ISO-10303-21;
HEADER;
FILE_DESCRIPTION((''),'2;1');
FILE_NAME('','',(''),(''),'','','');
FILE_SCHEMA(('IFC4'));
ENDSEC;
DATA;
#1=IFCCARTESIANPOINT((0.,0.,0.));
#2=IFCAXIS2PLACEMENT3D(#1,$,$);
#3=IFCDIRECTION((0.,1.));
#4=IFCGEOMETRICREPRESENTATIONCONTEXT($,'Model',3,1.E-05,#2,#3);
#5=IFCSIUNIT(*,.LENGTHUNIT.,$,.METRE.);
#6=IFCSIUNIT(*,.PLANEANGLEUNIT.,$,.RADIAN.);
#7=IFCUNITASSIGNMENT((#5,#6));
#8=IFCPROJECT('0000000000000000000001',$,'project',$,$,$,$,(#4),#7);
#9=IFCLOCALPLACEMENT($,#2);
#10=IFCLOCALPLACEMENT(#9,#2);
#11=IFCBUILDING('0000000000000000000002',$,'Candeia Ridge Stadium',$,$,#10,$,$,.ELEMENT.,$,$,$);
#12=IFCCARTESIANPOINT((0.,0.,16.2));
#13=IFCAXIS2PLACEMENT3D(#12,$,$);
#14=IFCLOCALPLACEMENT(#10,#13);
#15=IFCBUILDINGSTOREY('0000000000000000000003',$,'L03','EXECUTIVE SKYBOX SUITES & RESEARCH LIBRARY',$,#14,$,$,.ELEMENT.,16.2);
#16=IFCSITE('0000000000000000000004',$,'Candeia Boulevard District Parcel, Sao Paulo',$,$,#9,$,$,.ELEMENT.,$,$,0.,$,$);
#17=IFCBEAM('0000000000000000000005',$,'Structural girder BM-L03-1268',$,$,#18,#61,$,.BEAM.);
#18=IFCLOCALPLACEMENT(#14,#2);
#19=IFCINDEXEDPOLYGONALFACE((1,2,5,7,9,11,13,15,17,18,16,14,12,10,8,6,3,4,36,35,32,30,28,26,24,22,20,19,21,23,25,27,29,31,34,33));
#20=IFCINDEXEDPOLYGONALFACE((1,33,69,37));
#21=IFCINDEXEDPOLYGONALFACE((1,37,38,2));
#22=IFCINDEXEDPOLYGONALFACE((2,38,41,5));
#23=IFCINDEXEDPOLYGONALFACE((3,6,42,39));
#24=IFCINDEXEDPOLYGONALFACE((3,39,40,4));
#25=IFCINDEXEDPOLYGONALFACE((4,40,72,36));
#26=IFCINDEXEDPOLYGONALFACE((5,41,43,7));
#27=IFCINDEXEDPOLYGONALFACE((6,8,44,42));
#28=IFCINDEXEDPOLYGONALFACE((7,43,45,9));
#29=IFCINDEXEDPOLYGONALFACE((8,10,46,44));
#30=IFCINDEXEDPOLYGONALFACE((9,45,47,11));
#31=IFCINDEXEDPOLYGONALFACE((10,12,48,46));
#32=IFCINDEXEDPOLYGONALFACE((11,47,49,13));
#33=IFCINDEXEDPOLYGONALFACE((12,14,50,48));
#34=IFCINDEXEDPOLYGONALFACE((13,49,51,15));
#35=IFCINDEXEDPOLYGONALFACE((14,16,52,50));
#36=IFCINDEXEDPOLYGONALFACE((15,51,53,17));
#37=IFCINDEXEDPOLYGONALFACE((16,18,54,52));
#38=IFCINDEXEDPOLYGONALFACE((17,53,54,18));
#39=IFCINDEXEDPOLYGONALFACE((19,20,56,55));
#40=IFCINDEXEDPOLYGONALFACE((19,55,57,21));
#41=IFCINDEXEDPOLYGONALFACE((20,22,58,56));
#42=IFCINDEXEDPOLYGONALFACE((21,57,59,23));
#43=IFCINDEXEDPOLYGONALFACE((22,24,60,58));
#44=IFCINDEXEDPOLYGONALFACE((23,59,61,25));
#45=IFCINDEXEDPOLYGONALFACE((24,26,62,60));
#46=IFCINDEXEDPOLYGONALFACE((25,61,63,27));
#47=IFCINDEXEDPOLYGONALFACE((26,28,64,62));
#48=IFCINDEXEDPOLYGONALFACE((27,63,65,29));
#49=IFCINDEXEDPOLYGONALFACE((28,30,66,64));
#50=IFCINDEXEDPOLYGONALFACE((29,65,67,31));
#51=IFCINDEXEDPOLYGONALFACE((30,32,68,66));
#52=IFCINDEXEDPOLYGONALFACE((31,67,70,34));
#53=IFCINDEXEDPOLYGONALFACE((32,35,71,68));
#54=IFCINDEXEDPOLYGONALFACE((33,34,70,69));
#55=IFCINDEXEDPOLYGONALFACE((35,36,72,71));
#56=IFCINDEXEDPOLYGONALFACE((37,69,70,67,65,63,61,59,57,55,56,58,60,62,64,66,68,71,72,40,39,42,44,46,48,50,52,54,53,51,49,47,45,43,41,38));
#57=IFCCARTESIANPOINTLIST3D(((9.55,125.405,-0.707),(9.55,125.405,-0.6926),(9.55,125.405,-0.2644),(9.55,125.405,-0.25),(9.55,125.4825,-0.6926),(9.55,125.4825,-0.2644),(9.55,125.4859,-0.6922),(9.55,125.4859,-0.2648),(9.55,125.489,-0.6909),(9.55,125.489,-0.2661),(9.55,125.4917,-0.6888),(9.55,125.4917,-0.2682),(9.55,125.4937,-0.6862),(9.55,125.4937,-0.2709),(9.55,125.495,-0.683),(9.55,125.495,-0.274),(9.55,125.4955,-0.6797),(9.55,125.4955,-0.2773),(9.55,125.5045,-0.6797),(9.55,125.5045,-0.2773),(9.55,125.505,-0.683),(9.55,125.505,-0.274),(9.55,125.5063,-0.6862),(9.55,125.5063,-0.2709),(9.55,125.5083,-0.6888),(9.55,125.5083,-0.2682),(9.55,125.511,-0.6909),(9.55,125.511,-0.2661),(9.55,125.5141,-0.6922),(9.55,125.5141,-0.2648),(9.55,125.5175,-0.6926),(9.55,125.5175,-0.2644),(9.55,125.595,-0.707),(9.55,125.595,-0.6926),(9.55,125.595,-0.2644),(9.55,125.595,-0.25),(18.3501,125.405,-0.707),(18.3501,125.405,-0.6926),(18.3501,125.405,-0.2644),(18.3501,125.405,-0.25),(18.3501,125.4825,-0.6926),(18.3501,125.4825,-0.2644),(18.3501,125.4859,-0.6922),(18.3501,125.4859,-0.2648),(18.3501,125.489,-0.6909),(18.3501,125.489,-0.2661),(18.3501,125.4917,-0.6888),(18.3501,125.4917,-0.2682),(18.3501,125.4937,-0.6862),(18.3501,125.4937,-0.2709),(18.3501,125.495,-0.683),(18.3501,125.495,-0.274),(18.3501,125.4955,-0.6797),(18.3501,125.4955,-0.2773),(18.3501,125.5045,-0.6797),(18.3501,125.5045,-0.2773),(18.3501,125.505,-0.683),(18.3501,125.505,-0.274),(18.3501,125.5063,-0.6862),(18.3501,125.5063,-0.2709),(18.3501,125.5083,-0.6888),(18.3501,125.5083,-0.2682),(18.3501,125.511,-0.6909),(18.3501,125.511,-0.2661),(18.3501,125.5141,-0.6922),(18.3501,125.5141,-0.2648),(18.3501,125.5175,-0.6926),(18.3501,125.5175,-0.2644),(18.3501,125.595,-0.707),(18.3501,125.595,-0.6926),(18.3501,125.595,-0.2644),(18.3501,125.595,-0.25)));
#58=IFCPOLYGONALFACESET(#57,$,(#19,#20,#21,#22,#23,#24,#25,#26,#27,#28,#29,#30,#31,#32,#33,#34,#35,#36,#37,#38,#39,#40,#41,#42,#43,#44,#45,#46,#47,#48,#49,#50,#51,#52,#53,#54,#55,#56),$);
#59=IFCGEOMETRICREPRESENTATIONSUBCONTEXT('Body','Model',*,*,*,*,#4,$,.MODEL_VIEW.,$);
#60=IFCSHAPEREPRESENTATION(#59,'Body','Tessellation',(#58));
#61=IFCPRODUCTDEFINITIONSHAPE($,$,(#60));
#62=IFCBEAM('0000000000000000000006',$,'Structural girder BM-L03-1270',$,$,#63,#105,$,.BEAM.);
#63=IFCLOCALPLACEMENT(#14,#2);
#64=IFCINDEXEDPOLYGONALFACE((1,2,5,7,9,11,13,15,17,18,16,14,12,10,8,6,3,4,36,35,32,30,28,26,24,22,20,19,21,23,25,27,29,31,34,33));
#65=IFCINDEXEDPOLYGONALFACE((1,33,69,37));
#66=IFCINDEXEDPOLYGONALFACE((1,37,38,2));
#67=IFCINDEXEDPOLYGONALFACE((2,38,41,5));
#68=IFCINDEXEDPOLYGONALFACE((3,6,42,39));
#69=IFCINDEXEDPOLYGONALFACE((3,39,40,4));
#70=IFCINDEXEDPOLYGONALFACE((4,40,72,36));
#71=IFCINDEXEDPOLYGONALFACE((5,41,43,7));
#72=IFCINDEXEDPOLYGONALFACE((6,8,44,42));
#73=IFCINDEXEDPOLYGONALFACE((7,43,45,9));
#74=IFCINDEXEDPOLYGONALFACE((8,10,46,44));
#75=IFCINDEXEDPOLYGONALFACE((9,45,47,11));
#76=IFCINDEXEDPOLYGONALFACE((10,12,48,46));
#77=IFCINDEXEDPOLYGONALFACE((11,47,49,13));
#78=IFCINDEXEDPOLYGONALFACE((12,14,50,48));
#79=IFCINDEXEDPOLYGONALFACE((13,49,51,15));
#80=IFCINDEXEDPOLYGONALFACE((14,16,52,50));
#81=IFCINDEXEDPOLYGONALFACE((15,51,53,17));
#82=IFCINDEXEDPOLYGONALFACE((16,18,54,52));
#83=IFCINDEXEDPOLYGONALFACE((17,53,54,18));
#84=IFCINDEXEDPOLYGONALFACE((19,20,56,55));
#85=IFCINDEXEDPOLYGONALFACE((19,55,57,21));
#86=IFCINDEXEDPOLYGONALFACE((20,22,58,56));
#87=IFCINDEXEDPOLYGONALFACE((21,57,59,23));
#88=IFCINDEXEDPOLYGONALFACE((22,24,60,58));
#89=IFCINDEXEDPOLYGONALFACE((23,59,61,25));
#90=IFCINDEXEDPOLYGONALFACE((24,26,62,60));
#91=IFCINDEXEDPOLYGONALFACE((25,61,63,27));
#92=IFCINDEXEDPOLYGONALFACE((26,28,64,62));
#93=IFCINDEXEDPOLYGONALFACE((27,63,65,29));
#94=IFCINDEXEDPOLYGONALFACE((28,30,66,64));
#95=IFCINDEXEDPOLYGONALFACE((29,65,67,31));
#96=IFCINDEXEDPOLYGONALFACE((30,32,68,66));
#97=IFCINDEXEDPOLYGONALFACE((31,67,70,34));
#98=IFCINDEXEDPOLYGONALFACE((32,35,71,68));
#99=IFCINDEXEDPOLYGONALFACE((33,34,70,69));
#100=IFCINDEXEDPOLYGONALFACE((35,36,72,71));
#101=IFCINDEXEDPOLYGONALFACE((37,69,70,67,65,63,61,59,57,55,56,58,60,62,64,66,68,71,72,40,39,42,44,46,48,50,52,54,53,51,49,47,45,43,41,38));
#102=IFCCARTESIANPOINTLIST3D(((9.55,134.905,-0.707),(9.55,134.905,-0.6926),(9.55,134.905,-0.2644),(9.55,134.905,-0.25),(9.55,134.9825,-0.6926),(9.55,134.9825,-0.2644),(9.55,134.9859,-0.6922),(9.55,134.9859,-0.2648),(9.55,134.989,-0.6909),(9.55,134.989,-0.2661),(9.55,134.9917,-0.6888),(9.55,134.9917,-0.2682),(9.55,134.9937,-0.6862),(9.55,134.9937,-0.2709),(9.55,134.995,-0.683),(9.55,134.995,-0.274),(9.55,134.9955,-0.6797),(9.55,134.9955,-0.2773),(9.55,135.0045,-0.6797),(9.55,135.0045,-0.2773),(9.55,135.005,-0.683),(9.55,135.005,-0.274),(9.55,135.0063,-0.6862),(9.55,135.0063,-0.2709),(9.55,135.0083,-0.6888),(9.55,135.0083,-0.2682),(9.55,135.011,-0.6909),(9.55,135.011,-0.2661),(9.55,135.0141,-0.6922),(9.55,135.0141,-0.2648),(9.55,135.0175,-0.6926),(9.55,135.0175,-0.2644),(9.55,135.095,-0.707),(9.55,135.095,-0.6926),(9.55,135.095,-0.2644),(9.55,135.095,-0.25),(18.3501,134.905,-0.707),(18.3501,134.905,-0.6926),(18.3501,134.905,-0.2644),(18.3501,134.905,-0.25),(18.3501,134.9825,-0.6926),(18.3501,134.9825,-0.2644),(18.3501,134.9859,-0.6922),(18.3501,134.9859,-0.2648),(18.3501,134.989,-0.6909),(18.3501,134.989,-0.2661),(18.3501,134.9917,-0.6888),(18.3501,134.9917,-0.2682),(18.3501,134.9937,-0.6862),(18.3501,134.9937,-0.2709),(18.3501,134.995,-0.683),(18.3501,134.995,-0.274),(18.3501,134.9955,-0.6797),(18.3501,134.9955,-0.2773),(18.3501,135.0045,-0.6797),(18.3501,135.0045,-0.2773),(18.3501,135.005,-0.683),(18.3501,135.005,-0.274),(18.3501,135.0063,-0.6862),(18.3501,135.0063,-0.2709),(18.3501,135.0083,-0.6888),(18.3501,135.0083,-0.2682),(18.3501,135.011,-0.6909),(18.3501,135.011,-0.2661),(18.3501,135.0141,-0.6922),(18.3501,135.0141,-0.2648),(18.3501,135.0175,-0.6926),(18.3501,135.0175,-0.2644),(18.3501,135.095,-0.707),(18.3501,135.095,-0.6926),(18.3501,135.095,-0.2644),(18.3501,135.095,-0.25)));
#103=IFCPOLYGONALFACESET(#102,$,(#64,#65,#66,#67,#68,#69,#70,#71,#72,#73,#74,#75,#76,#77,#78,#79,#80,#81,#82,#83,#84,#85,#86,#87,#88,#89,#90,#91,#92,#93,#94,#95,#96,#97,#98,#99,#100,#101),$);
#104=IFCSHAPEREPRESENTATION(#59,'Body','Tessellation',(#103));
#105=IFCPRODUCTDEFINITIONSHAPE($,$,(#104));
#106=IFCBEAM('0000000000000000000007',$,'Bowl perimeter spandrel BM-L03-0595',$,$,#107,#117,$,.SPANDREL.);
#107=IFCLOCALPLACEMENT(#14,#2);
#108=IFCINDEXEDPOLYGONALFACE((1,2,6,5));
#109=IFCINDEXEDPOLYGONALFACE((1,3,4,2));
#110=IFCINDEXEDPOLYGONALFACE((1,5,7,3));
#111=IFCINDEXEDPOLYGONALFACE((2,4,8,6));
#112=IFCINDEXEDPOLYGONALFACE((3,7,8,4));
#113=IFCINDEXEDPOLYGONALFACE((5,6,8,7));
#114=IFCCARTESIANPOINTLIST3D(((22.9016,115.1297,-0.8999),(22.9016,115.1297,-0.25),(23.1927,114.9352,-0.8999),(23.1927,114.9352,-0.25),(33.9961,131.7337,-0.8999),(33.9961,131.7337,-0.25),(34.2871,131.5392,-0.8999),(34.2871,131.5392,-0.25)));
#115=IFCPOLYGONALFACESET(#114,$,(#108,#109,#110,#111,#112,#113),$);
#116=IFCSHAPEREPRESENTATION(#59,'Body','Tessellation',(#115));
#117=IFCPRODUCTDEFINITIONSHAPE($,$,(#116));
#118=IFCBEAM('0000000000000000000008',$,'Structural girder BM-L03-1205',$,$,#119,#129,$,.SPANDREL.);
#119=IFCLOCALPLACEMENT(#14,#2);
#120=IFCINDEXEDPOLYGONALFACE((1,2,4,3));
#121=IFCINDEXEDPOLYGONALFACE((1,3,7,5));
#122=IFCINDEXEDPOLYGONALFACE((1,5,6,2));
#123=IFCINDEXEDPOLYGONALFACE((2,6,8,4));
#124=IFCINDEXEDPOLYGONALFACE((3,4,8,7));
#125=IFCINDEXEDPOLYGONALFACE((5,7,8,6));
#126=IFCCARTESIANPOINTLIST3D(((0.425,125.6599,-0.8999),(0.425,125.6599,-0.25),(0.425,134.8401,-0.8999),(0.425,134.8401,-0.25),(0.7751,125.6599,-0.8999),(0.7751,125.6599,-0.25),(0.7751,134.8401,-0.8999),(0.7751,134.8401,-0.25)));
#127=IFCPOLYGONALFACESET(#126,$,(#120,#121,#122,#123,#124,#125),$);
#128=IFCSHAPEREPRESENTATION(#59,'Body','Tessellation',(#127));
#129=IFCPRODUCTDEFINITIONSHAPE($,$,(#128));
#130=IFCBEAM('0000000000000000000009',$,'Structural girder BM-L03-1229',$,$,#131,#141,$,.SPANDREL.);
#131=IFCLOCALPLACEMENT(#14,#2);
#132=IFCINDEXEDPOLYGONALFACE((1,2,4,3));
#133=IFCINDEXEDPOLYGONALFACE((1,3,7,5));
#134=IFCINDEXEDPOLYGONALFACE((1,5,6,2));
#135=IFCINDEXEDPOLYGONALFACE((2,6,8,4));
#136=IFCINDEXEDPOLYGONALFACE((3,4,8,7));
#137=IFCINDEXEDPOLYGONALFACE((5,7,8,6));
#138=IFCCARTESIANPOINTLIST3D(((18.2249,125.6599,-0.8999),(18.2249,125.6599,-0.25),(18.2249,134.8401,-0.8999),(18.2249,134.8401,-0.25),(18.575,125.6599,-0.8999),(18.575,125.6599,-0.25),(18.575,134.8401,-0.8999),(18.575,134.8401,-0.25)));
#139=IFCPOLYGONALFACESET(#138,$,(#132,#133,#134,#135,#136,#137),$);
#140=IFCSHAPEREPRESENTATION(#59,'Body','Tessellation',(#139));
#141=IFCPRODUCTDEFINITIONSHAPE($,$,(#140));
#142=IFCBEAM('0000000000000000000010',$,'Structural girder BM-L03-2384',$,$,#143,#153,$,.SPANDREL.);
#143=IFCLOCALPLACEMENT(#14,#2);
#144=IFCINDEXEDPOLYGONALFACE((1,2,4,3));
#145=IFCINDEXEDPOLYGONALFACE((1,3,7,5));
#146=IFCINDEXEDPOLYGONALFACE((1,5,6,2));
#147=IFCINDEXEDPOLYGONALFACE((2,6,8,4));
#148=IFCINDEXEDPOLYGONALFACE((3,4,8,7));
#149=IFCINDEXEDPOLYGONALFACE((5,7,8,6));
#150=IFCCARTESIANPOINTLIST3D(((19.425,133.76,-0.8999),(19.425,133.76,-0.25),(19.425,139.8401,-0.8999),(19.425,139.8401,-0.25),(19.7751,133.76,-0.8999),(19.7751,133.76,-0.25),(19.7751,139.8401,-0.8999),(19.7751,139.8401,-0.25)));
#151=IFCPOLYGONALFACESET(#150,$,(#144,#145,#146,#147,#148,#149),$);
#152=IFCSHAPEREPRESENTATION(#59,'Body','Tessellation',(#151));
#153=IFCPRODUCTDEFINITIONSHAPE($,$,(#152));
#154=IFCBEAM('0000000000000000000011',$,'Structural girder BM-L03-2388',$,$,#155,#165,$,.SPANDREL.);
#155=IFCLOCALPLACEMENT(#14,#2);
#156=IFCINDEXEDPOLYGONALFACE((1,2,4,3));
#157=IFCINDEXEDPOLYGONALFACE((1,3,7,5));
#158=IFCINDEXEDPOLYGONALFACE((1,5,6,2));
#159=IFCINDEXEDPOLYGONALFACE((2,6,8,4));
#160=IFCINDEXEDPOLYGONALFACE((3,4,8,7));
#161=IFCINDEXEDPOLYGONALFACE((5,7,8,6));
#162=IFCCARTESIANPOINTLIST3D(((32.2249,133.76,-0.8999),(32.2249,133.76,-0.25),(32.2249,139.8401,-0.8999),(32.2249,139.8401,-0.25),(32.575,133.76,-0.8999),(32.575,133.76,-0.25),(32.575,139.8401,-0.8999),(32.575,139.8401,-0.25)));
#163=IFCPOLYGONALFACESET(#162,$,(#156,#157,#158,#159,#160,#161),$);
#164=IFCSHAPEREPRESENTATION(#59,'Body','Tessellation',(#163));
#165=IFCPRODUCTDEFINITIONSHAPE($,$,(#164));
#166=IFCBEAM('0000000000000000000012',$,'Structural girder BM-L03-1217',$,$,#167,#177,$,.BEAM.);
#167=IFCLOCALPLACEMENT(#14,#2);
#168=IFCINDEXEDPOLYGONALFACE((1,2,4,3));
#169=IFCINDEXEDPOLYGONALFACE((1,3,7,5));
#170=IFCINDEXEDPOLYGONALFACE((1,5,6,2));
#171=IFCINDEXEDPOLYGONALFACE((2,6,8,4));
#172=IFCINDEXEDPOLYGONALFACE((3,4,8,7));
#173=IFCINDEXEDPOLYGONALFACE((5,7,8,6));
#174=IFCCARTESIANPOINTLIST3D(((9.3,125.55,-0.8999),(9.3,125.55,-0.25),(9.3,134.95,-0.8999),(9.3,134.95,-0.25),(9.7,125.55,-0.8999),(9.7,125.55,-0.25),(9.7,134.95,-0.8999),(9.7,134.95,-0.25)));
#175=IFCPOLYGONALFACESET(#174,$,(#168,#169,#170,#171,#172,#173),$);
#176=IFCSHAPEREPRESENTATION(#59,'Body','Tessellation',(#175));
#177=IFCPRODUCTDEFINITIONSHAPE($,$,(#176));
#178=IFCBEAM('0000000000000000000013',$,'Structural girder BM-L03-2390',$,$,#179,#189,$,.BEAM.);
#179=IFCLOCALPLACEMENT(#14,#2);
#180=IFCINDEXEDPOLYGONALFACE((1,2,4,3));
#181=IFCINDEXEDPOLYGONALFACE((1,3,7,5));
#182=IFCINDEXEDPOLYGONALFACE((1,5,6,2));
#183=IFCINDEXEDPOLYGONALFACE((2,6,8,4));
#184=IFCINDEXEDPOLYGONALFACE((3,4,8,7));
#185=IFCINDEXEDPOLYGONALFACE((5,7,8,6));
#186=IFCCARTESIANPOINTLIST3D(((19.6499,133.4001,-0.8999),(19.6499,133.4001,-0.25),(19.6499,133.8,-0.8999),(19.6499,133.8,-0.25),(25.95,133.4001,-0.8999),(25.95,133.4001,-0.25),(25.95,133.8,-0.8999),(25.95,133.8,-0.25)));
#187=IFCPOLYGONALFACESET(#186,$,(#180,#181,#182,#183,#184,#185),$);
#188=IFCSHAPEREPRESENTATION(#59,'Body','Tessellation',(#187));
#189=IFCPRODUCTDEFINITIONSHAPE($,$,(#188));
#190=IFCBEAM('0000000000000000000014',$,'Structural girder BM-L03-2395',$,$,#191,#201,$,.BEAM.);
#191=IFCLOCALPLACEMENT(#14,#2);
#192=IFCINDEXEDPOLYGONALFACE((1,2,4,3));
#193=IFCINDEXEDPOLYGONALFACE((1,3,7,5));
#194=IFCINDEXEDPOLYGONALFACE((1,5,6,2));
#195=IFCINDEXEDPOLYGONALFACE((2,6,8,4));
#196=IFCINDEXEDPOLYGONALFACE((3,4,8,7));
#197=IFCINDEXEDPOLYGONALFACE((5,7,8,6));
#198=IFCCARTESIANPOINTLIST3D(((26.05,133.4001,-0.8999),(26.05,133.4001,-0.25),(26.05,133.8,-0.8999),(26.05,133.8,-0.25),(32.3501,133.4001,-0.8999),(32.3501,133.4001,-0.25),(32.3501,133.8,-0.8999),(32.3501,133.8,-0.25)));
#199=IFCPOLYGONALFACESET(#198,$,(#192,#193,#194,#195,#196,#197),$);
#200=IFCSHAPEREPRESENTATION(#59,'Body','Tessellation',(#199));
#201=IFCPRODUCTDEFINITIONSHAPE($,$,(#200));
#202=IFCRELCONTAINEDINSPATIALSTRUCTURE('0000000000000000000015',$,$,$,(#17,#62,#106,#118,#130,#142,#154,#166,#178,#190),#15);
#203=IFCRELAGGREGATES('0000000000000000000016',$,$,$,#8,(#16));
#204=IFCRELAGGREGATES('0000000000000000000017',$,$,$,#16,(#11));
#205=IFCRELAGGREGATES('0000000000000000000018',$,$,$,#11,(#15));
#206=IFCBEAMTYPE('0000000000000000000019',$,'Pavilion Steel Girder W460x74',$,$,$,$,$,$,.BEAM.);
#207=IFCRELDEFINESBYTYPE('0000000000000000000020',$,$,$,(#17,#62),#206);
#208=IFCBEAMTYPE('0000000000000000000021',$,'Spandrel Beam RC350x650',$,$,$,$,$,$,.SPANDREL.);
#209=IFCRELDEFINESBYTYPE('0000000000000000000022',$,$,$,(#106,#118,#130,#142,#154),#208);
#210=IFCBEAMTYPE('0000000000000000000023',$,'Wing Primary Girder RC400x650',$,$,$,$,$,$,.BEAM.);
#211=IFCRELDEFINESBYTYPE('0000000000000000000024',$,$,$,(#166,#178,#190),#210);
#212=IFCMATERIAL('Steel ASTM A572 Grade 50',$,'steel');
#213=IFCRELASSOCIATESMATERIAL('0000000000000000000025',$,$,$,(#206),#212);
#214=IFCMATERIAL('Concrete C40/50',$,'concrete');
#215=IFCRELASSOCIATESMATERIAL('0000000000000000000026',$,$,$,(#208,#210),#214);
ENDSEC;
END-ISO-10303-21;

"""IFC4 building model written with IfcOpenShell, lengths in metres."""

from ifc_helpers import new_model, si_unit, direction, frame, origin, origin_2d, place, context, subcontext, project, spatial, rectangle, i_section, extrude, material, material_profile, profile_set, type_object, element, save


model = new_model("IFC4")

# Units and contexts
model_context = context("Model", 3, precision=1e-05, world=origin(), true_north=direction((0.0, 1.0)))
body_context = subcontext(model_context, "Body", "Model", "MODEL_VIEW")
ifc_project = project(units=[si_unit("LENGTHUNIT", "METRE"), si_unit("PLANEANGLEUNIT", "RADIAN")], contexts=[model_context])

# Site, building, storey
site_placement = place(None, origin())
site = spatial("IfcSite", under=ifc_project, at=site_placement, Name="Candeia Boulevard District Parcel, Sao Paulo", CompositionType="ELEMENT", RefElevation=0.0)
building_placement = place(site_placement, origin())
building = spatial("IfcBuilding", under=site, at=building_placement, Name="Candeia Ridge Stadium", CompositionType="ELEMENT")
storey_placement = place(building_placement, frame((0.0, 0.0, 16.2)))
storey = spatial("IfcBuildingStorey", under=building, at=storey_placement, Name="L03", Description="EXECUTIVE SKYBOX SUITES & RESEARCH LIBRARY", CompositionType="ELEMENT", Elevation=16.2)

# Shared definitions
ifc_material_1 = material(Name="Concrete C40/50", Category="concrete")

# Beams
ifc_material_2 = material(Name="Steel ASTM A572 Grade 50", Category="steel")
ifc_material_profile_1 = material_profile(ifc_material_2, i_section(OverallWidth=0.1899, OverallDepth=0.457, WebThickness=0.009, FlangeThickness=0.0144, FilletRadius=0.0129, at=origin_2d()), Name="W460x74", Category="steel")
ifc_profile_set_1 = profile_set([ifc_material_profile_1], Name="Steel ASTM A572 Grade 50")
beam_type_1 = type_object("IfcBeamType", Name="Pavilion Steel Girder W460x74", PredefinedType="BEAM", material=ifc_profile_set_1)
for number, where, z_axis, x_axis, name in (
    (1, (9.55, 125.5, -0.4785), (1.0, 0.0, 0.0), (0.0, 1.0, 0.0), "Structural girder BM-L03-1268"),
    (2, (9.55, 135.0, -0.4785), (1.0, 0.0, 0.0), (0.0, 1.0, 0.0), "Structural girder BM-L03-1270"),
):
    element("IfcBeam", number, at=place(storey_placement, frame(where, z_axis=z_axis, x_axis=x_axis)), inside=storey, type_object=beam_type_1, Name=name, PredefinedType="BEAM", context=body_context, shape_type="SweptSolid", body=[
        extrude(i_section(OverallWidth=0.1899, OverallDepth=0.457, WebThickness=0.009, FlangeThickness=0.0144, FilletRadius=0.0129, at=origin_2d()), origin(), (0.0, 0.0, 1.0), 8.8),
    ])
ifc_material_profile_2 = material_profile(ifc_material_1, rectangle(XDim=0.3501, YDim=0.6499, at=origin_2d()), Name="RC350x650", Category="concrete")
ifc_profile_set_2 = profile_set([ifc_material_profile_2], Name="Concrete C40/50")
beam_type_2 = type_object("IfcBeamType", Name="Spandrel Beam RC350x650", PredefinedType="SPANDREL", material=ifc_profile_set_2)
beam_1_placement = place(storey_placement, frame((34.1416, 131.6365, -0.575), z_axis=(-0.555572, -0.831469, 0.0), x_axis=(0.831469, -0.555572, 0.0)))
element("IfcBeam", 3, at=beam_1_placement, inside=storey, type_object=beam_type_2, Name="Bowl perimeter spandrel BM-L03-0595", PredefinedType="SPANDREL", context=body_context, shape_type="SweptSolid", body=[
    extrude(rectangle(XDim=0.3501, YDim=0.6499, at=origin_2d()), origin(), (0.0, 0.0, 1.0), 19.9695),
])
for number, where, z_axis, x_axis, name in (
    (4, (0.6001, 125.6599, -0.575), (0.0, 1.0, 0.0), (-1.0, 0.0, 0.0), "Structural girder BM-L03-1205"),
    (5, (18.3999, 125.6599, -0.575), (0.0, 1.0, 0.0), (-1.0, 0.0, 0.0), "Structural girder BM-L03-1229"),
):
    element("IfcBeam", number, at=place(storey_placement, frame(where, z_axis=z_axis, x_axis=x_axis)), inside=storey, type_object=beam_type_2, Name=name, PredefinedType="SPANDREL", context=body_context, shape_type="SweptSolid", body=[
        extrude(rectangle(XDim=0.3501, YDim=0.6499, at=origin_2d()), origin(), (0.0, 0.0, 1.0), 9.1802),
    ])
for number, where, z_axis, x_axis, name in (
    (6, (19.6001, 133.76, -0.575), (0.0, 1.0, 0.0), (-1.0, 0.0, 0.0), "Structural girder BM-L03-2384"),
    (7, (32.3999, 133.76, -0.575), (0.0, 1.0, 0.0), (-1.0, 0.0, 0.0), "Structural girder BM-L03-2388"),
):
    element("IfcBeam", number, at=place(storey_placement, frame(where, z_axis=z_axis, x_axis=x_axis)), inside=storey, type_object=beam_type_2, Name=name, PredefinedType="SPANDREL", context=body_context, shape_type="SweptSolid", body=[
        extrude(rectangle(XDim=0.3501, YDim=0.6499, at=origin_2d()), origin(), (0.0, 0.0, 1.0), 6.0801),
    ])
ifc_material_profile_3 = material_profile(ifc_material_1, rectangle(XDim=0.3999, YDim=0.6499, at=origin_2d()), Name="RC400x650", Category="concrete")
ifc_profile_set_3 = profile_set([ifc_material_profile_3], Name="Concrete C40/50")
beam_type_3 = type_object("IfcBeamType", Name="Wing Primary Girder RC400x650", PredefinedType="BEAM", material=ifc_profile_set_3)
beam_2_placement = place(storey_placement, frame((9.5, 125.55, -0.575), z_axis=(0.0, 1.0, 0.0), x_axis=(-1.0, 0.0, 0.0)))
element("IfcBeam", 8, at=beam_2_placement, inside=storey, type_object=beam_type_3, Name="Structural girder BM-L03-1217", PredefinedType="BEAM", context=body_context, shape_type="SweptSolid", body=[
    extrude(rectangle(XDim=0.3999, YDim=0.6499, at=origin_2d()), origin(), (0.0, 0.0, 1.0), 9.3999),
])
for number, where, z_axis, x_axis, name in (
    (9, (19.6499, 133.6001, -0.575), (1.0, 0.0, 0.0), (0.0, 1.0, 0.0), "Structural girder BM-L03-2390"),
    (10, (26.05, 133.6001, -0.575), (1.0, 0.0, 0.0), (0.0, 1.0, 0.0), "Structural girder BM-L03-2395"),
):
    element("IfcBeam", number, at=place(storey_placement, frame(where, z_axis=z_axis, x_axis=x_axis)), inside=storey, type_object=beam_type_3, Name=name, PredefinedType="BEAM", context=body_context, shape_type="SweptSolid", body=[
        extrude(rectangle(XDim=0.3999, YDim=0.6499, at=origin_2d()), origin(), (0.0, 0.0, 1.0), 6.3),
    ])

save(model, "model.ifc")
